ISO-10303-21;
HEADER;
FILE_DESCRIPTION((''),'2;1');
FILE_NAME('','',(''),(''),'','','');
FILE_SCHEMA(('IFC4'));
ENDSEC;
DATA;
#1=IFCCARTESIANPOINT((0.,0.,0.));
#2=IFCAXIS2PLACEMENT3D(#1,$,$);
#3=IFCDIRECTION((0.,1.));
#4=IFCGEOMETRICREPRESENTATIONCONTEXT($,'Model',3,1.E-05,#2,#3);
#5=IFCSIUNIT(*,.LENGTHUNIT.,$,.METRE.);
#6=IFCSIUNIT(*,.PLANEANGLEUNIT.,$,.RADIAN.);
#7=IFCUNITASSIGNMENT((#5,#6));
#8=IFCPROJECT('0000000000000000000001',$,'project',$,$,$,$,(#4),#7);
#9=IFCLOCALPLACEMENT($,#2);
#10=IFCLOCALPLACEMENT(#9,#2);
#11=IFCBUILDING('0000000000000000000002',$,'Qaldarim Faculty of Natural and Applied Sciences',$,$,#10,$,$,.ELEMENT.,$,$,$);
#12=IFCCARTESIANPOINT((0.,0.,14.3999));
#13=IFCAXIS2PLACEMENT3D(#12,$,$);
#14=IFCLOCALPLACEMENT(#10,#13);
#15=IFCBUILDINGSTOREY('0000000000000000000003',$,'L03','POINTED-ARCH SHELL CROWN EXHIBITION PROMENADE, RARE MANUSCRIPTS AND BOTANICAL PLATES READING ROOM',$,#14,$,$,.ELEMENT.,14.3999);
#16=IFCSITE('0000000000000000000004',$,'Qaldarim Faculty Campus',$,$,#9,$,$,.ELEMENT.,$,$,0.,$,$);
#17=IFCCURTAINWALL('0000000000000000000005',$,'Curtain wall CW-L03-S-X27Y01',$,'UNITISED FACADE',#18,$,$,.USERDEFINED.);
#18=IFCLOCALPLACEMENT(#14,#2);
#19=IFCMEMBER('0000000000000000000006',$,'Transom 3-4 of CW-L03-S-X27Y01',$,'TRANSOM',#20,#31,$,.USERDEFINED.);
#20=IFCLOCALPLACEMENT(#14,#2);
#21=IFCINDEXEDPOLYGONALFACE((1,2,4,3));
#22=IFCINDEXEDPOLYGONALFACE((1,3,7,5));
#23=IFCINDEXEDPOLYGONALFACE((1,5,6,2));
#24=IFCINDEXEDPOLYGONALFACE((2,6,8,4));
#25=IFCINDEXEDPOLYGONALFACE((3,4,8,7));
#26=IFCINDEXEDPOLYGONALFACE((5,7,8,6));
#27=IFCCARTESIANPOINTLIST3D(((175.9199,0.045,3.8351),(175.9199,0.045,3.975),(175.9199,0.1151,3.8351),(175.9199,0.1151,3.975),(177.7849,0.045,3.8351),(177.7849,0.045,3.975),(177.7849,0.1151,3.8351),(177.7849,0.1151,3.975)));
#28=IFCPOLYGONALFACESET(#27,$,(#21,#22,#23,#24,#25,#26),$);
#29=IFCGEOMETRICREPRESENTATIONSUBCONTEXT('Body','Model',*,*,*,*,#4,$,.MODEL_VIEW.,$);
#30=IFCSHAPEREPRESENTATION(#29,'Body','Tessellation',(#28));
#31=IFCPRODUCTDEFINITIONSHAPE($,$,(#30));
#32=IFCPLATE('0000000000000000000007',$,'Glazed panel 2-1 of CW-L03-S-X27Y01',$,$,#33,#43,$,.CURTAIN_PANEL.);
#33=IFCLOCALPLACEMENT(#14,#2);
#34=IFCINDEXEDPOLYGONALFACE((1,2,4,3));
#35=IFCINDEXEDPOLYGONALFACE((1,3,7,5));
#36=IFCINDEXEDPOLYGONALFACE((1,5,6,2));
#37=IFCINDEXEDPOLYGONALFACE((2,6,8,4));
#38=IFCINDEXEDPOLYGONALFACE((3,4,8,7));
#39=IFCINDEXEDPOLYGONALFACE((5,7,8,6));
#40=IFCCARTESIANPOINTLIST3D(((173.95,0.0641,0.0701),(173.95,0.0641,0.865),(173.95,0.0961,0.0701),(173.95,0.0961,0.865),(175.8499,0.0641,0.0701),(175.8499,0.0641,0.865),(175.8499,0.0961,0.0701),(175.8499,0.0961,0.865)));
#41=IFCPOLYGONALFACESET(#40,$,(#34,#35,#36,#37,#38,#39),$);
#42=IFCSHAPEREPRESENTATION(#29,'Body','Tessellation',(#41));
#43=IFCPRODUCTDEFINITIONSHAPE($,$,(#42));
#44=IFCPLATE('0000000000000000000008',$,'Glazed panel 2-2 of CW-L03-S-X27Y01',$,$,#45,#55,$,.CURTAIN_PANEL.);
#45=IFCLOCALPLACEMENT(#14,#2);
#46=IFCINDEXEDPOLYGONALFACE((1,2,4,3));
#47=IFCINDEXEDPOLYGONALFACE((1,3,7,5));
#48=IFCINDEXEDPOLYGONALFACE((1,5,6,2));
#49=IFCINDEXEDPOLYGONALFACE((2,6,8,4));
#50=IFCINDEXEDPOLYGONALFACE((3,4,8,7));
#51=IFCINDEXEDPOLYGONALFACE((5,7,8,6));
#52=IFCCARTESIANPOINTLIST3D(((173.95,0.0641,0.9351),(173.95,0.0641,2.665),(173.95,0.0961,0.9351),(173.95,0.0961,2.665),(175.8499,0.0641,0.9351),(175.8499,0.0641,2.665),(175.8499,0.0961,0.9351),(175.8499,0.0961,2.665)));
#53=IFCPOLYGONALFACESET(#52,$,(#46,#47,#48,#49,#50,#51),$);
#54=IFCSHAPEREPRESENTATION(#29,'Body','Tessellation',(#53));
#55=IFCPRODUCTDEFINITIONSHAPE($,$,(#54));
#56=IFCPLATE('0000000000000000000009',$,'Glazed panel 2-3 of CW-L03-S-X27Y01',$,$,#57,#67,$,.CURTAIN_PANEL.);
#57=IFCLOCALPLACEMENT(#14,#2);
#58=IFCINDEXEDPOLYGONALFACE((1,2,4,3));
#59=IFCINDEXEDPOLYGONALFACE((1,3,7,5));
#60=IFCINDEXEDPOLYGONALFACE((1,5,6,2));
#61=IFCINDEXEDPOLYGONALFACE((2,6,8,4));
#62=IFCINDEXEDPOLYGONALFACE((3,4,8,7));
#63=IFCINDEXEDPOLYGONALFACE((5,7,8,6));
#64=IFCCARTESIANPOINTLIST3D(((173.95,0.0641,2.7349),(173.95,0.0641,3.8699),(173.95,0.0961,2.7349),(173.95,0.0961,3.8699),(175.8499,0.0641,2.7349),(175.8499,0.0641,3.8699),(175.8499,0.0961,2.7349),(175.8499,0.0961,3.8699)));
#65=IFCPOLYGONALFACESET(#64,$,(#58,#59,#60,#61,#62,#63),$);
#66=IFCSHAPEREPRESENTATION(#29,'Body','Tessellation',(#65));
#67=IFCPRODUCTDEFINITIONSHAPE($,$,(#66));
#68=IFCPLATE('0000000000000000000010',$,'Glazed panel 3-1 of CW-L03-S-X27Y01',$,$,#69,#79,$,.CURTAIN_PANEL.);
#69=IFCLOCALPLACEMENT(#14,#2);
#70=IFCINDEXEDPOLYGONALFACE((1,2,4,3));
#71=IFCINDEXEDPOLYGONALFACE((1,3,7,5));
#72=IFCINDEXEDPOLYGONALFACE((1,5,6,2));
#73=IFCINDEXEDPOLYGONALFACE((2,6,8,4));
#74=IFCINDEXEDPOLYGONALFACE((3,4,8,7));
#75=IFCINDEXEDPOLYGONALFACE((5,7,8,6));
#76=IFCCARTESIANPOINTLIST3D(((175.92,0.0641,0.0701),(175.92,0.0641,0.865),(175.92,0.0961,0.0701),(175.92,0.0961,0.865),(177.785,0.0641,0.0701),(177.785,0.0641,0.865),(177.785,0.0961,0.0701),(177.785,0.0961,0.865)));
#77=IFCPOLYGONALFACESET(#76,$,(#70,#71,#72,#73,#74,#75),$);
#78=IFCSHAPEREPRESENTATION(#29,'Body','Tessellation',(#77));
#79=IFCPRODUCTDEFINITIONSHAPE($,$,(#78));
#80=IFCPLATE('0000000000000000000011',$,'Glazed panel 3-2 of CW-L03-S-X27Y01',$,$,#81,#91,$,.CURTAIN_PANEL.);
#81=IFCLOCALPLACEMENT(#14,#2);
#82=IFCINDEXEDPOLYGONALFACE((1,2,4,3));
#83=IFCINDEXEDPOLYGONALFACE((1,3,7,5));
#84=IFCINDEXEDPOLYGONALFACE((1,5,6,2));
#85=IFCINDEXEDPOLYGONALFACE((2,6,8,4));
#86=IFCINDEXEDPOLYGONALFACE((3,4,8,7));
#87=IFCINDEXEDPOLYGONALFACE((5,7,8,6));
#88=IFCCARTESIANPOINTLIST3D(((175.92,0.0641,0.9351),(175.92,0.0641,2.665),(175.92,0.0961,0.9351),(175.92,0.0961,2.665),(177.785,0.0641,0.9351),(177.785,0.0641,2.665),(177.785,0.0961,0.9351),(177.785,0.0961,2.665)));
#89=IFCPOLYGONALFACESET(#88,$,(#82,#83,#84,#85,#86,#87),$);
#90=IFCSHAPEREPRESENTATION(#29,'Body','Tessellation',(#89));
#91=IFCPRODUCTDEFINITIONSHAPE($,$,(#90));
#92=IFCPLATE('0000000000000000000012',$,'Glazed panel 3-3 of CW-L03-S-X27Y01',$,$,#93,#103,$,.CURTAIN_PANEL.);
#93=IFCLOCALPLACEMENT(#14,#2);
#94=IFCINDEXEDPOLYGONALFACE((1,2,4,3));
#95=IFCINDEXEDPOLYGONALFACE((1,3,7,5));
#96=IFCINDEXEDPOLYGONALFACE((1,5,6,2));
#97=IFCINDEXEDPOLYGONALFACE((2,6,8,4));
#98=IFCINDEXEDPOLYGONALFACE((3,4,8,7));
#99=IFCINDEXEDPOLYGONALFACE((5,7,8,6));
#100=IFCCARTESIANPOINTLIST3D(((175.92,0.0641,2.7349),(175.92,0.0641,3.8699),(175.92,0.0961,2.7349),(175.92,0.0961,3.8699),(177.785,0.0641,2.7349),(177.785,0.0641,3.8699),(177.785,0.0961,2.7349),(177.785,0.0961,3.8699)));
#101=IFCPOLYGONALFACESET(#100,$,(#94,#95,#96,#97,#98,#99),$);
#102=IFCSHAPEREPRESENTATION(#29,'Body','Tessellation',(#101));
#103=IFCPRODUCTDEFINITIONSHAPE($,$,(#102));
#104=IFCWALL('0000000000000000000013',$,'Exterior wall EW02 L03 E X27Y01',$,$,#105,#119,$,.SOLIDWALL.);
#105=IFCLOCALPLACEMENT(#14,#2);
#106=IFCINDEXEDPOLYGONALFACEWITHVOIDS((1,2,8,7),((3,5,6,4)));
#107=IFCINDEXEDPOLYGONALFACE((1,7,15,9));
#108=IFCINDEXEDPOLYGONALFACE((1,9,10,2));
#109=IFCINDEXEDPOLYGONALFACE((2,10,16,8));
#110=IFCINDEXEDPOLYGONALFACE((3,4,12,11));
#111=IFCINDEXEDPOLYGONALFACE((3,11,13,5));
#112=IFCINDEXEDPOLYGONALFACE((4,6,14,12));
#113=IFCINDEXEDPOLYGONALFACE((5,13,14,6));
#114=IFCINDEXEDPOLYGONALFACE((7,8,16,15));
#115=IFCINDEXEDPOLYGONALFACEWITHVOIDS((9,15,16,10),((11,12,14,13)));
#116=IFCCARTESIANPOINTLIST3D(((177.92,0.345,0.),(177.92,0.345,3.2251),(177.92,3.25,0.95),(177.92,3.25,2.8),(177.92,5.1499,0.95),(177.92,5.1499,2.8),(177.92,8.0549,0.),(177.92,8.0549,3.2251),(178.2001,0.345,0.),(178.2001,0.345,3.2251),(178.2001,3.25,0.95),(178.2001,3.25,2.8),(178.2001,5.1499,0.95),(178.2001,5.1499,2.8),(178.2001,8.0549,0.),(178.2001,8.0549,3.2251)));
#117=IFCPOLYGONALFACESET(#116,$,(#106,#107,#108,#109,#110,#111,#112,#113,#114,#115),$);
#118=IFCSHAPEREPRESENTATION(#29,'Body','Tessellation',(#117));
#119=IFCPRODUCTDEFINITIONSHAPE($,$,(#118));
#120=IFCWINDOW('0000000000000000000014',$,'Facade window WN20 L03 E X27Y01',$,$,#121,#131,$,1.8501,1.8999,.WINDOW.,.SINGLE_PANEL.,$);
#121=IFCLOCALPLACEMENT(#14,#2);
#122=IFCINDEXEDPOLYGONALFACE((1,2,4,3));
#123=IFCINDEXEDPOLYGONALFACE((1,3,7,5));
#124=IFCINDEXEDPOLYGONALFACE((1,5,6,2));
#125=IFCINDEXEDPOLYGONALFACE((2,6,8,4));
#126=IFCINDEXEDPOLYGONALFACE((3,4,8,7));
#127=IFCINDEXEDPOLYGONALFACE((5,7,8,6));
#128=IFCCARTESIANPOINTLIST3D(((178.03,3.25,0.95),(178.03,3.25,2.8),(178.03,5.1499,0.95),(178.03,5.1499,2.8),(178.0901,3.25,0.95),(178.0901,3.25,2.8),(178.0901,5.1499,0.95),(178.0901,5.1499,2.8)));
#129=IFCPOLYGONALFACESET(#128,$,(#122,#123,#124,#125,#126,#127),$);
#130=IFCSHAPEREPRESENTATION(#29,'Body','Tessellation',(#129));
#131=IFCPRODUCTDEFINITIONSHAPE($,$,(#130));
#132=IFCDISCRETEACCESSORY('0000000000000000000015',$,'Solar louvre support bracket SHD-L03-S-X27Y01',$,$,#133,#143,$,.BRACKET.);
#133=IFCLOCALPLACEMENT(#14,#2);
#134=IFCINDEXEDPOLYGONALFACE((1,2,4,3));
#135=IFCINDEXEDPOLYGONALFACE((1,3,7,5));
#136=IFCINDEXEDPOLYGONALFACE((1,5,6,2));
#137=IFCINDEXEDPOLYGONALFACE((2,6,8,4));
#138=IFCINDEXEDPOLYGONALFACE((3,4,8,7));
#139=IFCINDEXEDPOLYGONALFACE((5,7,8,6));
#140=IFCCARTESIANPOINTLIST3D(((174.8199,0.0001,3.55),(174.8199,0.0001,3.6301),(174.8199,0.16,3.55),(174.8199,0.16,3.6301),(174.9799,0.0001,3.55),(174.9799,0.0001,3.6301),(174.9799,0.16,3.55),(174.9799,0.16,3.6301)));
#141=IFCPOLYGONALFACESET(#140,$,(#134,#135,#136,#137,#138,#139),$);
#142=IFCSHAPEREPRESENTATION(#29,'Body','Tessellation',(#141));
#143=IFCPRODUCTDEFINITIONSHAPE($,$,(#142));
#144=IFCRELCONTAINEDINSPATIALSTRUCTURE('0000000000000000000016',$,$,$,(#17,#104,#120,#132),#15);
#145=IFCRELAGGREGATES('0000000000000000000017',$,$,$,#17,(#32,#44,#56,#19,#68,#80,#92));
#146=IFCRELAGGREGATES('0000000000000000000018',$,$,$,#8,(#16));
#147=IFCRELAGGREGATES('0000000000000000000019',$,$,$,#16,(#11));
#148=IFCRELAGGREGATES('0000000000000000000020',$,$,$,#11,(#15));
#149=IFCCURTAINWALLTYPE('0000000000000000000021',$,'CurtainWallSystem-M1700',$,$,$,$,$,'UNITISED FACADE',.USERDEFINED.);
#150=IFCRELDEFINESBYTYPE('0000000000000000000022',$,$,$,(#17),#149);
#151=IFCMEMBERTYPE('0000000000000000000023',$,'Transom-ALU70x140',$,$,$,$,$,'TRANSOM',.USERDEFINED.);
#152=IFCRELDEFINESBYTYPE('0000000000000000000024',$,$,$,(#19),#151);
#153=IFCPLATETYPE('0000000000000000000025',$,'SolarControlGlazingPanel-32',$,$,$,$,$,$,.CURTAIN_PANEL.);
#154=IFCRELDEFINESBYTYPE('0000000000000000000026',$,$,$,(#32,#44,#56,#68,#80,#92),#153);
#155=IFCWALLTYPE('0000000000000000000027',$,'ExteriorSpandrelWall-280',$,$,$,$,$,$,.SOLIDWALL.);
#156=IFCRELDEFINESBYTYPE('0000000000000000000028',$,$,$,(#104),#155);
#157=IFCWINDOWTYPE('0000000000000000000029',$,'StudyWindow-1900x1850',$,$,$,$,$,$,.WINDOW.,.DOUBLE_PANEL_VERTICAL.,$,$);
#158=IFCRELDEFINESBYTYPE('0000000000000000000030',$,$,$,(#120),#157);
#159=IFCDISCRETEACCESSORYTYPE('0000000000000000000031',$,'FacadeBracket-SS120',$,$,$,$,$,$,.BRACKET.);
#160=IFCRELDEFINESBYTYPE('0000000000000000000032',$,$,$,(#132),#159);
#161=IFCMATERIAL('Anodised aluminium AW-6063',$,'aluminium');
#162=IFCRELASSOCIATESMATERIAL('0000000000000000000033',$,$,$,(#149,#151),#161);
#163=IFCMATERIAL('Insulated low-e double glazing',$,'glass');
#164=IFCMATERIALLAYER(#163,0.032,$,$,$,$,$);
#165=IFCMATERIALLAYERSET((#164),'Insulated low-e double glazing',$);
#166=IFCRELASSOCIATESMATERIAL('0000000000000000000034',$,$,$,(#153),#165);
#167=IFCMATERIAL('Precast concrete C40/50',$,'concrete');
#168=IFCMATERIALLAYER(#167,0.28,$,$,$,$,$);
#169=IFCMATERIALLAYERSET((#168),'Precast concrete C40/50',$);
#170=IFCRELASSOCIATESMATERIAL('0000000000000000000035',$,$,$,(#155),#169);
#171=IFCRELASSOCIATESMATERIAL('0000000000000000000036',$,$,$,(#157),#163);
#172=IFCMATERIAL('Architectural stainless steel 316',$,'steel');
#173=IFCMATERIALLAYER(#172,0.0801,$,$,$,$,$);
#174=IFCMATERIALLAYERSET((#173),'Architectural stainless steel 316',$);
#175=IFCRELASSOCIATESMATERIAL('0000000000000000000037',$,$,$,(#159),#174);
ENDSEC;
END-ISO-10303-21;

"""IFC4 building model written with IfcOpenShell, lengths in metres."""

from ifc_helpers import new_model, si_unit, direction, frame, frame_2d, origin, origin_2d, place, context, subcontext, project, spatial, rectangle, extrude, material, layer, layer_set, material_profile, profile_set, type_object, element, fill, aggregate, save


model = new_model("IFC4")

# Units and contexts
model_context = context("Model", 3, precision=1e-05, world=origin(), true_north=direction((0.0, 1.0)))
body_context = subcontext(model_context, "Body", "Model", "MODEL_VIEW")
ifc_project = project(units=[si_unit("LENGTHUNIT", "METRE"), si_unit("PLANEANGLEUNIT", "RADIAN")], contexts=[model_context])

# Site, building, storey
site_placement = place(None, origin())
site = spatial("IfcSite", under=ifc_project, at=site_placement, Name="Qaldarim Faculty Campus", CompositionType="ELEMENT", RefElevation=0.0)
building_placement = place(site_placement, origin())
building = spatial("IfcBuilding", under=site, at=building_placement, Name="Qaldarim Faculty of Natural and Applied Sciences", CompositionType="ELEMENT")
storey_placement = place(building_placement, frame((0.0, 0.0, 14.3999)))
storey = spatial("IfcBuildingStorey", under=building, at=storey_placement, Name="L03", Description="POINTED-ARCH SHELL CROWN EXHIBITION PROMENADE, RARE MANUSCRIPTS AND BOTANICAL PLATES READING ROOM", CompositionType="ELEMENT", Elevation=14.3999)

# Curtain wall
ifc_material_1 = material(Name="Anodised aluminium AW-6063", Category="aluminium")
curtain_wall_type = type_object("IfcCurtainWallType", Name="CurtainWallSystem-M1700", ElementType="UNITISED FACADE", PredefinedType="USERDEFINED", material=ifc_material_1)
curtain_wall_placement = place(storey_placement, origin())
curtain_wall = element("IfcCurtainWall", 1, at=curtain_wall_placement, inside=storey, type_object=curtain_wall_type, Name="Curtain wall CW-L03-S-X27Y01", ObjectType="UNITISED FACADE", PredefinedType="USERDEFINED")

# Shared definitions
ifc_material_2 = material(Name="Precast concrete C40/50", Category="concrete")

# Member
ifc_material_profile_1 = material_profile(ifc_material_1, rectangle(XDim=0.0701, YDim=0.1399, at=origin_2d()), Name="ALU-T70x140")
ifc_profile_set_1 = profile_set([ifc_material_profile_1], Name="Anodised aluminium AW-6063")
member_type_1 = type_object("IfcMemberType", Name="Transom-ALU70x140", ElementType="TRANSOM", PredefinedType="USERDEFINED", material=ifc_profile_set_1)
member_1_placement = place(storey_placement, frame((175.9199, 0.0801, 3.905), z_axis=(1.0, 0.0, 0.0), x_axis=(0.0, 1.0, 0.0)))
member_1 = element("IfcMember", 2, at=member_1_placement, type_object=member_type_1, Name="Transom 3-4 of CW-L03-S-X27Y01", ObjectType="TRANSOM", PredefinedType="USERDEFINED", context=body_context, shape_type="SweptSolid", body=[
    extrude(rectangle(XDim=0.0701, YDim=0.1399, at=origin_2d()), origin(), (0.0, 0.0, 1.0), 1.865),
])

# Plates
ifc_material_3 = material(Name="Insulated low-e double glazing", Category="glass")
ifc_layer_1 = layer(ifc_material_3, 0.032)
ifc_layer_set_1 = layer_set([ifc_layer_1], Name="Insulated low-e double glazing")
plate_type = type_object("IfcPlateType", Name="SolarControlGlazingPanel-32", PredefinedType="CURTAIN_PANEL", material=ifc_layer_set_1)
plate_1_placement = place(storey_placement, frame((174.8999, 0.0801, 0.0701), z_axis=(0.0, 0.0, 1.0), x_axis=(1.0, 0.0, 0.0)))
plate_1 = element("IfcPlate", 3, at=plate_1_placement, type_object=plate_type, Name="Glazed panel 2-1 of CW-L03-S-X27Y01", PredefinedType="CURTAIN_PANEL", context=body_context, shape_type="SweptSolid", body=[
    extrude(rectangle(XDim=1.8999, YDim=0.032, at=origin_2d()), origin(), (0.0, 0.0, 1.0), 0.7949),
])
plate_2_placement = place(storey_placement, frame((174.8999, 0.0801, 0.9351), z_axis=(0.0, 0.0, 1.0), x_axis=(1.0, 0.0, 0.0)))
plate_2 = element("IfcPlate", 4, at=plate_2_placement, type_object=plate_type, Name="Glazed panel 2-2 of CW-L03-S-X27Y01", PredefinedType="CURTAIN_PANEL", context=body_context, shape_type="SweptSolid", body=[
    extrude(rectangle(XDim=1.8999, YDim=0.032, at=origin_2d()), origin(), (0.0, 0.0, 1.0), 1.73),
])
plate_3_placement = place(storey_placement, frame((174.8999, 0.0801, 2.7349), z_axis=(0.0, 0.0, 1.0), x_axis=(1.0, 0.0, 0.0)))
plate_3 = element("IfcPlate", 5, at=plate_3_placement, type_object=plate_type, Name="Glazed panel 2-3 of CW-L03-S-X27Y01", PredefinedType="CURTAIN_PANEL", context=body_context, shape_type="SweptSolid", body=[
    extrude(rectangle(XDim=1.8999, YDim=0.032, at=origin_2d()), origin(), (0.0, 0.0, 1.0), 1.135),
])
plate_4_placement = place(storey_placement, frame((176.8525, 0.0801, 0.0701), z_axis=(0.0, 0.0, 1.0), x_axis=(1.0, 0.0, 0.0)))
plate_4 = element("IfcPlate", 6, at=plate_4_placement, type_object=plate_type, Name="Glazed panel 3-1 of CW-L03-S-X27Y01", PredefinedType="CURTAIN_PANEL", context=body_context, shape_type="SweptSolid", body=[
    extrude(rectangle(XDim=1.865, YDim=0.032, at=origin_2d()), origin(), (0.0, 0.0, 1.0), 0.7949),
])
plate_5_placement = place(storey_placement, frame((176.8525, 0.0801, 0.9351), z_axis=(0.0, 0.0, 1.0), x_axis=(1.0, 0.0, 0.0)))
plate_5 = element("IfcPlate", 7, at=plate_5_placement, type_object=plate_type, Name="Glazed panel 3-2 of CW-L03-S-X27Y01", PredefinedType="CURTAIN_PANEL", context=body_context, shape_type="SweptSolid", body=[
    extrude(rectangle(XDim=1.865, YDim=0.032, at=origin_2d()), origin(), (0.0, 0.0, 1.0), 1.73),
])
plate_6_placement = place(storey_placement, frame((176.8525, 0.0801, 2.7349), z_axis=(0.0, 0.0, 1.0), x_axis=(1.0, 0.0, 0.0)))
plate_6 = element("IfcPlate", 8, at=plate_6_placement, type_object=plate_type, Name="Glazed panel 3-3 of CW-L03-S-X27Y01", PredefinedType="CURTAIN_PANEL", context=body_context, shape_type="SweptSolid", body=[
    extrude(rectangle(XDim=1.865, YDim=0.032, at=origin_2d()), origin(), (0.0, 0.0, 1.0), 1.135),
])
aggregate(curtain_wall, [plate_1, plate_2, plate_3, member_1, plate_4, plate_5, plate_6])

# Wall, opening, window
ifc_layer_2 = layer(ifc_material_2, 0.28)
ifc_layer_set_2 = layer_set([ifc_layer_2], Name="Precast concrete C40/50")
wall_type = type_object("IfcWallType", Name="ExteriorSpandrelWall-280", PredefinedType="SOLIDWALL", material=ifc_layer_set_2)
wall_placement = place(storey_placement, frame((178.0601, 0.345, 0.0), z_axis=(0.0, 0.0, 1.0), x_axis=(0.0, 1.0, 0.0)))
wall = element("IfcWall", 9, at=wall_placement, inside=storey, type_object=wall_type, Name="Exterior wall EW02 L03 E X27Y01", PredefinedType="SOLIDWALL", context=body_context, shape_type="SweptSolid", body=[
    extrude(rectangle(XDim=7.71, YDim=0.28, at=frame_2d((3.855, 0.0))), origin(), (0.0, 0.0, 1.0), 3.2251),
])
opening_placement = place(wall_placement, frame((2.905, 0.0, 0.95)))
opening = element("IfcOpeningElement", 10, at=opening_placement, cuts=wall, PredefinedType="OPENING", context=body_context, shape_type="SweptSolid", body=[
    extrude(rectangle(XDim=1.8999, YDim=1.8501, at=frame_2d((0.95, 0.925))), frame((0.0, 0.1499, 0.0), z_axis=(0.0, -1.0, 0.0), x_axis=(1.0, 0.0, 0.0)), (0.0, 0.0, 1.0), 0.3),
])
window_type = type_object("IfcWindowType", Name="StudyWindow-1900x1850", PartitioningType="DOUBLE_PANEL_VERTICAL", PredefinedType="WINDOW", material=ifc_material_3)
window_placement = place(opening_placement, origin())
window = element("IfcWindow", 11, at=window_placement, inside=storey, type_object=window_type, Name="Facade window WN20 L03 E X27Y01", OverallHeight=1.8501, OverallWidth=1.8999, PartitioningType="SINGLE_PANEL", PredefinedType="WINDOW", context=body_context, shape_type="SweptSolid", body=[
    extrude(rectangle(XDim=1.8999, YDim=1.8501, at=frame_2d((0.95, 0.925))), frame((0.0, 0.03, 0.0), z_axis=(0.0, -1.0, 0.0), x_axis=(1.0, 0.0, 0.0)), (0.0, 0.0, 1.0), 0.0601),
])
fill(opening, window)

# Discrete accessory
ifc_material_4 = material(Name="Architectural stainless steel 316", Category="steel")
ifc_layer_3 = layer(ifc_material_4, 0.0801)
ifc_layer_set_3 = layer_set([ifc_layer_3], Name="Architectural stainless steel 316")
discrete_accessory_type = type_object("IfcDiscreteAccessoryType", Name="FacadeBracket-SS120", PredefinedType="BRACKET", material=ifc_layer_set_3)
discrete_accessory_placement = place(storey_placement, frame((174.8999, 0.0801, 3.55), z_axis=(0.0, 0.0, 1.0), x_axis=(1.0, 0.0, 0.0)))
element("IfcDiscreteAccessory", 12, at=discrete_accessory_placement, inside=storey, type_object=discrete_accessory_type, Name="Solar louvre support bracket SHD-L03-S-X27Y01", PredefinedType="BRACKET", context=body_context, shape_type="SweptSolid", body=[
    extrude(rectangle(XDim=0.1599, YDim=0.1599, at=origin_2d()), origin(), (0.0, 0.0, 1.0), 0.0801),
])

save(model, "model.ifc")
